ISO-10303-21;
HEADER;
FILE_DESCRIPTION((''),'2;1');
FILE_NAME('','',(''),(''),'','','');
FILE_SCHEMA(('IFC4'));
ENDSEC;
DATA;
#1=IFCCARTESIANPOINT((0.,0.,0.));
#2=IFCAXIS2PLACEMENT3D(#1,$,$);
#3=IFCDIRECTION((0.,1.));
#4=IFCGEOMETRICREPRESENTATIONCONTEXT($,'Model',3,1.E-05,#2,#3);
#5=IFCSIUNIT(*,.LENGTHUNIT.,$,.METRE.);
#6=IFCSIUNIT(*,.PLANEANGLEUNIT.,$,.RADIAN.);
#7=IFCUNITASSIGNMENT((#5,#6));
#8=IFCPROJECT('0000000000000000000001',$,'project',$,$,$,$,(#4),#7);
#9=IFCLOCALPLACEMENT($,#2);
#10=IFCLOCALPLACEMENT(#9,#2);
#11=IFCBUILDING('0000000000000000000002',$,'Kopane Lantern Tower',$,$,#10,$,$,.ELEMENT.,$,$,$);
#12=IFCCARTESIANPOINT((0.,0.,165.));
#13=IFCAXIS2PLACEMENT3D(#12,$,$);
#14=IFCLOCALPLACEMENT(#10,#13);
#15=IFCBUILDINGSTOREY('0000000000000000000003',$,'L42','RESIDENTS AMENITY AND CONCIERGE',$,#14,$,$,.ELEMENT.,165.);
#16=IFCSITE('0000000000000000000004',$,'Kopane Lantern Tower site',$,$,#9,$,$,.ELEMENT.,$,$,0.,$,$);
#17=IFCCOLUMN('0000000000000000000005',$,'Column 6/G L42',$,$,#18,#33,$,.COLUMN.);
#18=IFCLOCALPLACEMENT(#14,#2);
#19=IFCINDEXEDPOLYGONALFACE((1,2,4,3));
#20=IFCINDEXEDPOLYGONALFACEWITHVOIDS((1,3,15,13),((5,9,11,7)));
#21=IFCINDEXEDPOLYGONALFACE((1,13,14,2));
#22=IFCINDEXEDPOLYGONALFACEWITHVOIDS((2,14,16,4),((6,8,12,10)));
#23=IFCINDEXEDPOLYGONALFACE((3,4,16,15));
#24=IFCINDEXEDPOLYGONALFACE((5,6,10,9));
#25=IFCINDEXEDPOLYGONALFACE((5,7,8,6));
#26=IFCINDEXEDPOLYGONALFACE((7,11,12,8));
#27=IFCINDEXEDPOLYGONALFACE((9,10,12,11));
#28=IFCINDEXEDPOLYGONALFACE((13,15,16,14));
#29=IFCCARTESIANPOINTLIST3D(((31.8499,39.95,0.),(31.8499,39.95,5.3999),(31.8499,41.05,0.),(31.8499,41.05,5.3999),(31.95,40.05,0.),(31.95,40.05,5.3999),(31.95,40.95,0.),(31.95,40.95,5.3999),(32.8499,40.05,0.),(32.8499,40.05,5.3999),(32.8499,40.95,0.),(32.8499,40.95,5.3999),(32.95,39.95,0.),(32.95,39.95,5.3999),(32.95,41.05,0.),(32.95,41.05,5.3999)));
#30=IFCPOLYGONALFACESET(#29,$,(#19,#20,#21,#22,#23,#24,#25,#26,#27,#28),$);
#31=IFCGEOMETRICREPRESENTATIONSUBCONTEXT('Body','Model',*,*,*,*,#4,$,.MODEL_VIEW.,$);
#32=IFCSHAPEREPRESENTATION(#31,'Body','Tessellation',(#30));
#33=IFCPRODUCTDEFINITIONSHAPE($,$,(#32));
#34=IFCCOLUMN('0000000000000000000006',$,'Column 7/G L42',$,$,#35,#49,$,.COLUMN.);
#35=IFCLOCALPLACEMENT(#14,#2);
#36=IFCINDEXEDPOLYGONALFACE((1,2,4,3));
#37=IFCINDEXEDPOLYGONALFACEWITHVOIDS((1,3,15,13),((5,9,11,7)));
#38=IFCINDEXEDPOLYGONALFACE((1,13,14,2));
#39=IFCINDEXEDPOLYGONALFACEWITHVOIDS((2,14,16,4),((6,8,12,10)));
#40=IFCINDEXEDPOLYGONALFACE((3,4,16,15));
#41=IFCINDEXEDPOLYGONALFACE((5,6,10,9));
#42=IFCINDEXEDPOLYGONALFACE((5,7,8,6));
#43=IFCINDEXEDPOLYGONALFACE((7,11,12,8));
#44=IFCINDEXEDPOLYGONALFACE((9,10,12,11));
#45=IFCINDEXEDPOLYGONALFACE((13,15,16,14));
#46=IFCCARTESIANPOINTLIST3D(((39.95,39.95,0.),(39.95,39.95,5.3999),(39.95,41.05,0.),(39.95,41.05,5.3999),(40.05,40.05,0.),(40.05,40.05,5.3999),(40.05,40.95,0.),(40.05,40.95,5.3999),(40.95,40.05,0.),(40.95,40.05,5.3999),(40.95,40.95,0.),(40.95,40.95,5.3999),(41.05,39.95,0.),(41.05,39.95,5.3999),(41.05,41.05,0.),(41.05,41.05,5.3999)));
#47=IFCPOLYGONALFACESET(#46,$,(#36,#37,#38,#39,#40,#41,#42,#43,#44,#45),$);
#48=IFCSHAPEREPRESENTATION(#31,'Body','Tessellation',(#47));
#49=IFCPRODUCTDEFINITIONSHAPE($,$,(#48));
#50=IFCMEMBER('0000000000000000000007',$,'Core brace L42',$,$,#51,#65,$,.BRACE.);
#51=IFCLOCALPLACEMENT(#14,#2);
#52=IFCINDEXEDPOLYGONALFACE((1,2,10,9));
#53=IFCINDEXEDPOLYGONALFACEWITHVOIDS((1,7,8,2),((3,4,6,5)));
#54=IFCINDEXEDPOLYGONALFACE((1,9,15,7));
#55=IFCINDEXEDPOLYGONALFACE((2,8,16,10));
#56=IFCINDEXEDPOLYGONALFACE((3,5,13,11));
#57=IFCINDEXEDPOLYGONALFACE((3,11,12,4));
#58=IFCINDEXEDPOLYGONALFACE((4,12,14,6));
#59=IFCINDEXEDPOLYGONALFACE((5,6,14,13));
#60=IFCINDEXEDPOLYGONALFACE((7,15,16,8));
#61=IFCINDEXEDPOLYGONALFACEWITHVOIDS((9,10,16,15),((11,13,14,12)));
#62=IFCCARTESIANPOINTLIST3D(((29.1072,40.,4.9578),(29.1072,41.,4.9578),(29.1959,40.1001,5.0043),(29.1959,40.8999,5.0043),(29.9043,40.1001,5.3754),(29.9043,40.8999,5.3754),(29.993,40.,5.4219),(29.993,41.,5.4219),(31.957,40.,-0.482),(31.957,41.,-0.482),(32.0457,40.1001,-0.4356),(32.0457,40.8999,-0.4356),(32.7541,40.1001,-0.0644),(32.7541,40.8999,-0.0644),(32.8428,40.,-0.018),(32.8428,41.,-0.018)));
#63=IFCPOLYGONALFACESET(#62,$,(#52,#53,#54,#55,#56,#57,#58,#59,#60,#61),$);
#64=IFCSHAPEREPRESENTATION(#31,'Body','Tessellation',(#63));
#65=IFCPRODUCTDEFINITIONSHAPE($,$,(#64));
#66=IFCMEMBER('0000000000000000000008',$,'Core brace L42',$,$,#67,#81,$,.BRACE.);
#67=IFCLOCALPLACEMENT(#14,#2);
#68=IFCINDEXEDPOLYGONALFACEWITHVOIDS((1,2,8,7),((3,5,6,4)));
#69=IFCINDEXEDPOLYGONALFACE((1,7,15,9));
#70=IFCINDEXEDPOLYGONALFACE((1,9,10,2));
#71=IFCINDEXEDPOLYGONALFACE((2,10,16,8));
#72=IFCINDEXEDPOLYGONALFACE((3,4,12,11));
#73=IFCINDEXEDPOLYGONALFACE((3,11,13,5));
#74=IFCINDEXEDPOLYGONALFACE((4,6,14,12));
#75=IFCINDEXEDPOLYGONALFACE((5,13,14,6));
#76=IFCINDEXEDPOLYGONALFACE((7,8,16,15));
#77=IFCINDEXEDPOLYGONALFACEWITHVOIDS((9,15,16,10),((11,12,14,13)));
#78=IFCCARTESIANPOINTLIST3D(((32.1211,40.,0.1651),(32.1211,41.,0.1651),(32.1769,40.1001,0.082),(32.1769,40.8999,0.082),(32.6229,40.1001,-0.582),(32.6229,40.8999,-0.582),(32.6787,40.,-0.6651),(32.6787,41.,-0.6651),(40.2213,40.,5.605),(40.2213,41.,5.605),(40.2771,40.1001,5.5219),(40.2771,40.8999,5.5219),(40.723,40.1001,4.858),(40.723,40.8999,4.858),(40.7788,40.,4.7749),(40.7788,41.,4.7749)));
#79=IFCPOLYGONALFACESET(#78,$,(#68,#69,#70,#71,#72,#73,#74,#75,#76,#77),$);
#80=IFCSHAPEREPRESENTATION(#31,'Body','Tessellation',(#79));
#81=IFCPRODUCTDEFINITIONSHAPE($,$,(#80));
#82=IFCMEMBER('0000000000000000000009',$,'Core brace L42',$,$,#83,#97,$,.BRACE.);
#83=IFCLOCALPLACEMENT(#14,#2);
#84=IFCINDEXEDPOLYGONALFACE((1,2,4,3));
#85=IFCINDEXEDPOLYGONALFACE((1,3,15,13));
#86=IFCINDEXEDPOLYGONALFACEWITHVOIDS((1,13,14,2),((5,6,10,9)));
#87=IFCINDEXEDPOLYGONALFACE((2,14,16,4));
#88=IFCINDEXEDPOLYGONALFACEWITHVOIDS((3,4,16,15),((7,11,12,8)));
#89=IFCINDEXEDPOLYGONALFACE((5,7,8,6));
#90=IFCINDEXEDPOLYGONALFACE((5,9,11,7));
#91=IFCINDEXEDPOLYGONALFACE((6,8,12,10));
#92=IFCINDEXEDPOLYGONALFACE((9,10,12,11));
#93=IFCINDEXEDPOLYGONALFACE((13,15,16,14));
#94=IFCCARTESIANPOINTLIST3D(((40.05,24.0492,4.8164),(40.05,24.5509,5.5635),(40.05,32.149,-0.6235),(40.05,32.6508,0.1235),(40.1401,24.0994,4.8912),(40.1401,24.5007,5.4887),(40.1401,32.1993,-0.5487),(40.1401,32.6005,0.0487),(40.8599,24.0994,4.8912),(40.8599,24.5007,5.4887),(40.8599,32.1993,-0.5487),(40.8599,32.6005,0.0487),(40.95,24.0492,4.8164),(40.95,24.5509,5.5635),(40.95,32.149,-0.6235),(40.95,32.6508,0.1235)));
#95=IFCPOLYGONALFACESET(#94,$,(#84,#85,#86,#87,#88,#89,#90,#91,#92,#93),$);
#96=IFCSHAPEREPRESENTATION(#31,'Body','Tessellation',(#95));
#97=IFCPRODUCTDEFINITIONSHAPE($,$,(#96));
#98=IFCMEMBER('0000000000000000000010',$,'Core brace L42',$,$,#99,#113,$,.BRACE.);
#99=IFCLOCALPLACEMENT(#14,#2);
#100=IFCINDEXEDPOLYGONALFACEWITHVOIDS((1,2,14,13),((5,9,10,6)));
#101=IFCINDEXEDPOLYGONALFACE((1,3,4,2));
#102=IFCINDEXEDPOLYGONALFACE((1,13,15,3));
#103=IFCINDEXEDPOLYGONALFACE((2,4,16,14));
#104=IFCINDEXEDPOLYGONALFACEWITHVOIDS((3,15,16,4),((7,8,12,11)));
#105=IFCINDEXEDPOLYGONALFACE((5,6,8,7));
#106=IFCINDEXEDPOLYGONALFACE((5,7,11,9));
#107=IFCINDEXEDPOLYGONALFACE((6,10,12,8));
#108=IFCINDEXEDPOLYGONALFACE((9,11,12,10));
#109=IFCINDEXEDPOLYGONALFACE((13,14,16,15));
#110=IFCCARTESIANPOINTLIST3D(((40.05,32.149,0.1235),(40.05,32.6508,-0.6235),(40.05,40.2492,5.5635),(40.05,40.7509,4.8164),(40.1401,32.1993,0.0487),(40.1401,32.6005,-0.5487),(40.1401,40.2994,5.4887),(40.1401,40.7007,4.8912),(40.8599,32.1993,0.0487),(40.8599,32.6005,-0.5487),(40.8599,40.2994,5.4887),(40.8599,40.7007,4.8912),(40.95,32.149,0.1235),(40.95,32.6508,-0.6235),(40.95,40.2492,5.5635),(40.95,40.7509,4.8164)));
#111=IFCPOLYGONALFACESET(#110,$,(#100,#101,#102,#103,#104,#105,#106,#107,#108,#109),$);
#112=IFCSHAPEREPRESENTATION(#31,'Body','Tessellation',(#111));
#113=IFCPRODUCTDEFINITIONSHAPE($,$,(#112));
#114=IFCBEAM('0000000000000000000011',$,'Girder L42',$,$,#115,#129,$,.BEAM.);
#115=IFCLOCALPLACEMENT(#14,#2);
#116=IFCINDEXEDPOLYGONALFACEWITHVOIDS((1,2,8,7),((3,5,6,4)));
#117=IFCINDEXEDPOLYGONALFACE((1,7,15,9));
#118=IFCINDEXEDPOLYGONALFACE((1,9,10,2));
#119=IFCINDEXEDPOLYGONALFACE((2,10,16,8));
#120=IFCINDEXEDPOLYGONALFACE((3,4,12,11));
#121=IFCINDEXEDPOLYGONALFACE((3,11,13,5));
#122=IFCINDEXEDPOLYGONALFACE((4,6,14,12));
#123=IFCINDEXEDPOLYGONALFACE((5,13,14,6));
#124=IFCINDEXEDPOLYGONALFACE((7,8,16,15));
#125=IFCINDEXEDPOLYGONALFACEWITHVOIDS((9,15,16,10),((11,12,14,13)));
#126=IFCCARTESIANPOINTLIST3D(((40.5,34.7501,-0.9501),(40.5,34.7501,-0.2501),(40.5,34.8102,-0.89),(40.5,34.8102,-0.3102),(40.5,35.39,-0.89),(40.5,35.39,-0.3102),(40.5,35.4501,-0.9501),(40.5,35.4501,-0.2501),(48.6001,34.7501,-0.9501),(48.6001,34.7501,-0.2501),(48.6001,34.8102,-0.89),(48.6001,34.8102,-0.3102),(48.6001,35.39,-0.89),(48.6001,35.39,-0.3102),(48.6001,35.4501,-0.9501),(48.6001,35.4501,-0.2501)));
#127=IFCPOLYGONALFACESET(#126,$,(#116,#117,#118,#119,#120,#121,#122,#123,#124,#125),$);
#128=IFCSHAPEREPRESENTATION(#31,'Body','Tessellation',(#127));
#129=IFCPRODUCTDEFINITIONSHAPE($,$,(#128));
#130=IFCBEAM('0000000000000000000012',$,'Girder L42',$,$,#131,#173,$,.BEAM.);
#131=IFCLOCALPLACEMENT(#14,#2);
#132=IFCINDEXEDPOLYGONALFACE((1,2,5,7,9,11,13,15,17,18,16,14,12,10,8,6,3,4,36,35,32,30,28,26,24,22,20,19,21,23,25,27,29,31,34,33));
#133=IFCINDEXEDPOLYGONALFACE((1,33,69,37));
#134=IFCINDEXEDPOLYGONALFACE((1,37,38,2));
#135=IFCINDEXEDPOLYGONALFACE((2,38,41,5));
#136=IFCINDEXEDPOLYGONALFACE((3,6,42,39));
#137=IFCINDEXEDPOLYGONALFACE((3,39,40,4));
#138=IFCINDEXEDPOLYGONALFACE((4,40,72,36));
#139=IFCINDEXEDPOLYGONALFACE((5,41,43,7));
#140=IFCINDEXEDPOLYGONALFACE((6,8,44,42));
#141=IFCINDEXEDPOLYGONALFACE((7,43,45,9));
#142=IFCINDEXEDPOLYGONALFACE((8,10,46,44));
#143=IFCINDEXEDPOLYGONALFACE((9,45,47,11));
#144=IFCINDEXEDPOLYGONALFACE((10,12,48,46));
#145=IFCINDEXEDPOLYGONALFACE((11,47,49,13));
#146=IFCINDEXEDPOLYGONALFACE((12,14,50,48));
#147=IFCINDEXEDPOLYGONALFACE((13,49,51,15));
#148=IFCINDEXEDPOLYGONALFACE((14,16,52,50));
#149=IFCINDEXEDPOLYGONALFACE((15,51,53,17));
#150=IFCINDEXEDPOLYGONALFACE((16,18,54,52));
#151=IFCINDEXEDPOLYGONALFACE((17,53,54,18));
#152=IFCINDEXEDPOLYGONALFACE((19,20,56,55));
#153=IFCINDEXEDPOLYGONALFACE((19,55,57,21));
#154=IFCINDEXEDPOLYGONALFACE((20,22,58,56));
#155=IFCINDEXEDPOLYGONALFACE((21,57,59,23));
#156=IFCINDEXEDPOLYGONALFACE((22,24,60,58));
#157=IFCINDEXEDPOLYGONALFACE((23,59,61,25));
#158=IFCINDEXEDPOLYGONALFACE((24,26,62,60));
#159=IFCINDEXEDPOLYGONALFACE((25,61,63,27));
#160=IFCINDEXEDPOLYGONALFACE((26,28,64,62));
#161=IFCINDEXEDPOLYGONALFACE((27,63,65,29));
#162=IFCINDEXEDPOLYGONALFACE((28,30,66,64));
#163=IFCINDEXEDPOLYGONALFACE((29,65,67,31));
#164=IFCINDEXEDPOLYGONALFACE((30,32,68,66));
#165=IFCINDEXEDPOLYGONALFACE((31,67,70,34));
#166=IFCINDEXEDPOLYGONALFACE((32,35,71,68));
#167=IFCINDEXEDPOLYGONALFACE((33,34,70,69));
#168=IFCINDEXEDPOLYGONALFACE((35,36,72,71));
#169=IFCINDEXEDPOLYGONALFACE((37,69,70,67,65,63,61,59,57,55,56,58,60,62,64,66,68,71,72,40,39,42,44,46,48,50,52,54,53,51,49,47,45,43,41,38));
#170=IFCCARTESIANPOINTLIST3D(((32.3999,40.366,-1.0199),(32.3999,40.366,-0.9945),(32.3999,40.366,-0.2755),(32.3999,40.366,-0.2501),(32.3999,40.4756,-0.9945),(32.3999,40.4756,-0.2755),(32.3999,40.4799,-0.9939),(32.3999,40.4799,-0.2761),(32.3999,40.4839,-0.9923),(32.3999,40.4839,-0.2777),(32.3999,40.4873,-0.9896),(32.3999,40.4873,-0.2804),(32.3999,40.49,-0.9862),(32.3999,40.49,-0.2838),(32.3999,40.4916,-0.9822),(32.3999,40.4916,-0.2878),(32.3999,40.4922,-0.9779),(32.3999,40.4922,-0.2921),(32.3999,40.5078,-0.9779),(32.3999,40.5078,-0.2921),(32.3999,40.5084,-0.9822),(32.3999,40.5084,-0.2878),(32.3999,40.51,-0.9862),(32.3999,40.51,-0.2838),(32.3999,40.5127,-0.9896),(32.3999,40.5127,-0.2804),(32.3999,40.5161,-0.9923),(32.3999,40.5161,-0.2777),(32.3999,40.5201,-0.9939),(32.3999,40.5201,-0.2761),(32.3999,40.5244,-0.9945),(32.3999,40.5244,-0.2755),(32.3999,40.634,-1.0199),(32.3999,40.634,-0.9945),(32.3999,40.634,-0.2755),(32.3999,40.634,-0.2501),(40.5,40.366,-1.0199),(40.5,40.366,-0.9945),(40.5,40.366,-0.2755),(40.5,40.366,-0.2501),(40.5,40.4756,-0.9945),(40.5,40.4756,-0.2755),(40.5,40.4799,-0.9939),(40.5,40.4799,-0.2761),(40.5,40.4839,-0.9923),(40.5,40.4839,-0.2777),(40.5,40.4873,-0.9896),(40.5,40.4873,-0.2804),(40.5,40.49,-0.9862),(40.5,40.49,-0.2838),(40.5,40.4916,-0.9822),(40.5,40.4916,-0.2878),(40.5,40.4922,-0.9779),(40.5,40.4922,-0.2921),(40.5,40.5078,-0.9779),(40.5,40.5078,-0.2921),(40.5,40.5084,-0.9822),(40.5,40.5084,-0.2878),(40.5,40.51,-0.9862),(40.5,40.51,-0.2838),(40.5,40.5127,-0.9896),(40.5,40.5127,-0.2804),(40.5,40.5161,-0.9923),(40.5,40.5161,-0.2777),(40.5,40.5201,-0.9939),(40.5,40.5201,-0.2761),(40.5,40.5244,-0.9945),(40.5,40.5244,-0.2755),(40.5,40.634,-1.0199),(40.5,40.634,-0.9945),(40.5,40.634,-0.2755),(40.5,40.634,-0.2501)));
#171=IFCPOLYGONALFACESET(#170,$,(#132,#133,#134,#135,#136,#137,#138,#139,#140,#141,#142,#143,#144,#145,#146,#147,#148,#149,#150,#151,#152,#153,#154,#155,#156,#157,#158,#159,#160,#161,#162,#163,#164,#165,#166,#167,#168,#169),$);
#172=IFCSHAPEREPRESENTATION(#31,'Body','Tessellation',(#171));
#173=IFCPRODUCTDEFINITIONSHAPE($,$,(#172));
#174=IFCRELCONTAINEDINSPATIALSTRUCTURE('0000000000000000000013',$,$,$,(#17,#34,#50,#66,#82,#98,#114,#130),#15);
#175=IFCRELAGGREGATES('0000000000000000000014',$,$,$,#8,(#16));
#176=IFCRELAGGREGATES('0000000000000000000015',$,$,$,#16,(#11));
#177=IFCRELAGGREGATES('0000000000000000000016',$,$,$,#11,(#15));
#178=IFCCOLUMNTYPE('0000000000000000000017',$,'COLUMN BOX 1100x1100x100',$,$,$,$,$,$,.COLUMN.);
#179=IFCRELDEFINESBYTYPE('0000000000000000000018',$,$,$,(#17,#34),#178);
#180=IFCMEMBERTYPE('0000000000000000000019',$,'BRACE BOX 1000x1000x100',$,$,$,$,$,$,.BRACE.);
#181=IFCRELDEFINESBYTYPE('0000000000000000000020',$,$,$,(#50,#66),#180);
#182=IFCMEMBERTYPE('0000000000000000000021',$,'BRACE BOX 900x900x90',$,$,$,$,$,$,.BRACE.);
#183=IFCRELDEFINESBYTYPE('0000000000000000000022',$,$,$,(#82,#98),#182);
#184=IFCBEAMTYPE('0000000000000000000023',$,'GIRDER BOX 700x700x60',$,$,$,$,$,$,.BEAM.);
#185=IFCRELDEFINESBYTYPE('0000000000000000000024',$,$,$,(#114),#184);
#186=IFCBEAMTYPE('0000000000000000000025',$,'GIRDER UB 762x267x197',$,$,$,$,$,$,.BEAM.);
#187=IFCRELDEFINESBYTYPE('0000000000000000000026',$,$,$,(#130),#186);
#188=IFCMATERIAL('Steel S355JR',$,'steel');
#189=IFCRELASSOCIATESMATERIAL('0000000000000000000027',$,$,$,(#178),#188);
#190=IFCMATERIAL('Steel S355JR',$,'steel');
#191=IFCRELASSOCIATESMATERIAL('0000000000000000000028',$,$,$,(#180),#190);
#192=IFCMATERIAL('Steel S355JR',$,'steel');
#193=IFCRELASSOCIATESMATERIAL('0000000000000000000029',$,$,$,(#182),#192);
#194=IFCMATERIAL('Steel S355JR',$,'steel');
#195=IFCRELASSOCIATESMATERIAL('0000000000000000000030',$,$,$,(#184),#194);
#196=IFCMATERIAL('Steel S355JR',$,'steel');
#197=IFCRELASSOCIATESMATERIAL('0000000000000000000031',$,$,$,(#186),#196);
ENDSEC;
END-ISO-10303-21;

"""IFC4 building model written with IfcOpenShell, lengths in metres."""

from ifc_helpers import new_model, si_unit, direction, frame, origin, origin_2d, place, context, subcontext, project, spatial, hollow_rectangle, i_section, extrude, material, material_profile, profile_set, type_object, element, save


model = new_model("IFC4")

# Units and contexts
model_context = context("Model", 3, precision=1e-05, world=origin(), true_north=direction((0.0, 1.0)))
body_context = subcontext(model_context, "Body", "Model", "MODEL_VIEW")
ifc_project = project(units=[si_unit("LENGTHUNIT", "METRE"), si_unit("PLANEANGLEUNIT", "RADIAN")], contexts=[model_context])

# Site, building, storey
site_placement = place(None, origin())
site = spatial("IfcSite", under=ifc_project, at=site_placement, Name="Kopane Lantern Tower site", CompositionType="ELEMENT", RefElevation=0.0)
building_placement = place(site_placement, origin())
building = spatial("IfcBuilding", under=site, at=building_placement, Name="Kopane Lantern Tower", CompositionType="ELEMENT")
storey_placement = place(building_placement, frame((0.0, 0.0, 165.0)))
storey = spatial("IfcBuildingStorey", under=building, at=storey_placement, Name="L42", Description="RESIDENTS AMENITY AND CONCIERGE", CompositionType="ELEMENT", Elevation=165.0)

# Columns
ifc_material_1 = material(Name="Steel S355JR", Category="steel")
ifc_material_profile_1 = material_profile(ifc_material_1, hollow_rectangle(XDim=1.1001, YDim=1.1001, WallThickness=0.1001, at=origin_2d()), Name="BOX 1100x1100x100")
ifc_profile_set_1 = profile_set([ifc_material_profile_1], Name="Steel S355JR")
column_type = type_object("IfcColumnType", Name="COLUMN BOX 1100x1100x100", PredefinedType="COLUMN", material=ifc_profile_set_1)
for number, where, z_axis, x_axis, name in (
    (1, (32.3999, 40.5, 0.0), (0.0, 0.0, 1.0), (1.0, 0.0, 0.0), "Column 6/G L42"),
    (2, (40.5, 40.5, 0.0), (0.0, 0.0, 1.0), (1.0, 0.0, 0.0), "Column 7/G L42"),
):
    element("IfcColumn", number, at=place(storey_placement, frame(where, z_axis=z_axis, x_axis=x_axis)), inside=storey, type_object=column_type, Name=name, PredefinedType="COLUMN", context=body_context, shape_type="SweptSolid", body=[
        extrude(hollow_rectangle(XDim=1.1001, YDim=1.1001, WallThickness=0.1001, at=origin_2d()), origin(), (0.0, 0.0, 1.0), 5.3999),
    ])

# Members
ifc_material_2 = material(Name="Steel S355JR", Category="steel")
ifc_material_profile_2 = material_profile(ifc_material_2, hollow_rectangle(XDim=1.0, YDim=1.0, WallThickness=0.1001, at=origin_2d()), Name="BOX 1000x1000x100")
ifc_profile_set_2 = profile_set([ifc_material_profile_2], Name="Steel S355JR")
member_type_1 = type_object("IfcMemberType", Name="BRACE BOX 1000x1000x100", PredefinedType="BRACE", material=ifc_profile_set_2)
member_1_placement = place(storey_placement, frame((32.3999, 40.5, -0.25), z_axis=(-0.464053, 0.0, 0.885807), x_axis=(0.0, -1.0, 0.0)))
element("IfcMember", 3, at=member_1_placement, inside=storey, type_object=member_type_1, Name="Core brace L42", PredefinedType="BRACE", context=body_context, shape_type="SweptSolid", body=[
    extrude(hollow_rectangle(XDim=1.0, YDim=1.0, WallThickness=0.1001, at=origin_2d()), origin(), (0.0, 0.0, 1.0), 6.1411),
])
member_2_placement = place(storey_placement, frame((32.3999, 40.5, -0.25), z_axis=(0.830159, 0.0, 0.557526), x_axis=(0.0, 1.0, 0.0)))
element("IfcMember", 4, at=member_2_placement, inside=storey, type_object=member_type_1, Name="Core brace L42", PredefinedType="BRACE", context=body_context, shape_type="SweptSolid", body=[
    extrude(hollow_rectangle(XDim=1.0, YDim=1.0, WallThickness=0.1001, at=origin_2d()), origin(), (0.0, 0.0, 1.0), 9.7573),
])
ifc_material_3 = material(Name="Steel S355JR", Category="steel")
ifc_material_profile_3 = material_profile(ifc_material_3, hollow_rectangle(XDim=0.8999, YDim=0.8999, WallThickness=0.0901, at=origin_2d()), Name="BOX 900x900x90")
ifc_profile_set_3 = profile_set([ifc_material_profile_3], Name="Steel S355JR")
member_type_2 = type_object("IfcMemberType", Name="BRACE BOX 900x900x90", PredefinedType="BRACE", material=ifc_profile_set_3)
member_3_placement = place(storey_placement, frame((40.5, 32.3999, -0.25), z_axis=(0.0, -0.830151, 0.557538), x_axis=(1.0, 0.0, 0.0)))
element("IfcMember", 5, at=member_3_placement, inside=storey, type_object=member_type_2, Name="Core brace L42", PredefinedType="BRACE", context=body_context, shape_type="SweptSolid", body=[
    extrude(hollow_rectangle(XDim=0.8999, YDim=0.8999, WallThickness=0.0901, at=origin_2d()), origin(), (0.0, 0.0, 1.0), 9.7571),
])
member_4_placement = place(storey_placement, frame((40.5, 32.3999, -0.25), z_axis=(0.0, 0.830159, 0.557526), x_axis=(-1.0, 0.0, 0.0)))
element("IfcMember", 6, at=member_4_placement, inside=storey, type_object=member_type_2, Name="Core brace L42", PredefinedType="BRACE", context=body_context, shape_type="SweptSolid", body=[
    extrude(hollow_rectangle(XDim=0.8999, YDim=0.8999, WallThickness=0.0901, at=origin_2d()), origin(), (0.0, 0.0, 1.0), 9.7573),
])

# Beams
ifc_material_4 = material(Name="Steel S355JR", Category="steel")
ifc_material_profile_4 = material_profile(ifc_material_4, hollow_rectangle(XDim=0.7, YDim=0.7, WallThickness=0.0601, at=origin_2d()), Name="BOX 700x700x60")
ifc_profile_set_4 = profile_set([ifc_material_profile_4], Name="Steel S355JR")
beam_type_1 = type_object("IfcBeamType", Name="GIRDER BOX 700x700x60", PredefinedType="BEAM", material=ifc_profile_set_4)
beam_1_placement = place(storey_placement, frame((40.5, 35.1001, -0.6001), z_axis=(1.0, 0.0, 0.0), x_axis=(0.0, 1.0, 0.0)))
element("IfcBeam", 7, at=beam_1_placement, inside=storey, type_object=beam_type_1, Name="Girder L42", PredefinedType="BEAM", context=body_context, shape_type="SweptSolid", body=[
    extrude(hollow_rectangle(XDim=0.7, YDim=0.7, WallThickness=0.0601, at=origin_2d()), origin(), (0.0, 0.0, 1.0), 8.1001),
])
ifc_material_5 = material(Name="Steel S355JR", Category="steel")
ifc_material_profile_5 = material_profile(ifc_material_5, i_section(OverallWidth=0.2681, OverallDepth=0.7698, WebThickness=0.0156, FlangeThickness=0.0254, FilletRadius=0.0166, at=origin_2d()), Name="UB 762x267x197")
ifc_profile_set_5 = profile_set([ifc_material_profile_5], Name="Steel S355JR")
beam_type_2 = type_object("IfcBeamType", Name="GIRDER UB 762x267x197", PredefinedType="BEAM", material=ifc_profile_set_5)
beam_2_placement = place(storey_placement, frame((32.3999, 40.5, -0.635), z_axis=(1.0, 0.0, 0.0), x_axis=(0.0, 1.0, 0.0)))
element("IfcBeam", 8, at=beam_2_placement, inside=storey, type_object=beam_type_2, Name="Girder L42", PredefinedType="BEAM", context=body_context, shape_type="SweptSolid", body=[
    extrude(i_section(OverallWidth=0.2681, OverallDepth=0.7698, WebThickness=0.0156, FlangeThickness=0.0254, FilletRadius=0.0166, at=origin_2d()), origin(), (0.0, 0.0, 1.0), 8.1001),
])

save(model, "model.ifc")
